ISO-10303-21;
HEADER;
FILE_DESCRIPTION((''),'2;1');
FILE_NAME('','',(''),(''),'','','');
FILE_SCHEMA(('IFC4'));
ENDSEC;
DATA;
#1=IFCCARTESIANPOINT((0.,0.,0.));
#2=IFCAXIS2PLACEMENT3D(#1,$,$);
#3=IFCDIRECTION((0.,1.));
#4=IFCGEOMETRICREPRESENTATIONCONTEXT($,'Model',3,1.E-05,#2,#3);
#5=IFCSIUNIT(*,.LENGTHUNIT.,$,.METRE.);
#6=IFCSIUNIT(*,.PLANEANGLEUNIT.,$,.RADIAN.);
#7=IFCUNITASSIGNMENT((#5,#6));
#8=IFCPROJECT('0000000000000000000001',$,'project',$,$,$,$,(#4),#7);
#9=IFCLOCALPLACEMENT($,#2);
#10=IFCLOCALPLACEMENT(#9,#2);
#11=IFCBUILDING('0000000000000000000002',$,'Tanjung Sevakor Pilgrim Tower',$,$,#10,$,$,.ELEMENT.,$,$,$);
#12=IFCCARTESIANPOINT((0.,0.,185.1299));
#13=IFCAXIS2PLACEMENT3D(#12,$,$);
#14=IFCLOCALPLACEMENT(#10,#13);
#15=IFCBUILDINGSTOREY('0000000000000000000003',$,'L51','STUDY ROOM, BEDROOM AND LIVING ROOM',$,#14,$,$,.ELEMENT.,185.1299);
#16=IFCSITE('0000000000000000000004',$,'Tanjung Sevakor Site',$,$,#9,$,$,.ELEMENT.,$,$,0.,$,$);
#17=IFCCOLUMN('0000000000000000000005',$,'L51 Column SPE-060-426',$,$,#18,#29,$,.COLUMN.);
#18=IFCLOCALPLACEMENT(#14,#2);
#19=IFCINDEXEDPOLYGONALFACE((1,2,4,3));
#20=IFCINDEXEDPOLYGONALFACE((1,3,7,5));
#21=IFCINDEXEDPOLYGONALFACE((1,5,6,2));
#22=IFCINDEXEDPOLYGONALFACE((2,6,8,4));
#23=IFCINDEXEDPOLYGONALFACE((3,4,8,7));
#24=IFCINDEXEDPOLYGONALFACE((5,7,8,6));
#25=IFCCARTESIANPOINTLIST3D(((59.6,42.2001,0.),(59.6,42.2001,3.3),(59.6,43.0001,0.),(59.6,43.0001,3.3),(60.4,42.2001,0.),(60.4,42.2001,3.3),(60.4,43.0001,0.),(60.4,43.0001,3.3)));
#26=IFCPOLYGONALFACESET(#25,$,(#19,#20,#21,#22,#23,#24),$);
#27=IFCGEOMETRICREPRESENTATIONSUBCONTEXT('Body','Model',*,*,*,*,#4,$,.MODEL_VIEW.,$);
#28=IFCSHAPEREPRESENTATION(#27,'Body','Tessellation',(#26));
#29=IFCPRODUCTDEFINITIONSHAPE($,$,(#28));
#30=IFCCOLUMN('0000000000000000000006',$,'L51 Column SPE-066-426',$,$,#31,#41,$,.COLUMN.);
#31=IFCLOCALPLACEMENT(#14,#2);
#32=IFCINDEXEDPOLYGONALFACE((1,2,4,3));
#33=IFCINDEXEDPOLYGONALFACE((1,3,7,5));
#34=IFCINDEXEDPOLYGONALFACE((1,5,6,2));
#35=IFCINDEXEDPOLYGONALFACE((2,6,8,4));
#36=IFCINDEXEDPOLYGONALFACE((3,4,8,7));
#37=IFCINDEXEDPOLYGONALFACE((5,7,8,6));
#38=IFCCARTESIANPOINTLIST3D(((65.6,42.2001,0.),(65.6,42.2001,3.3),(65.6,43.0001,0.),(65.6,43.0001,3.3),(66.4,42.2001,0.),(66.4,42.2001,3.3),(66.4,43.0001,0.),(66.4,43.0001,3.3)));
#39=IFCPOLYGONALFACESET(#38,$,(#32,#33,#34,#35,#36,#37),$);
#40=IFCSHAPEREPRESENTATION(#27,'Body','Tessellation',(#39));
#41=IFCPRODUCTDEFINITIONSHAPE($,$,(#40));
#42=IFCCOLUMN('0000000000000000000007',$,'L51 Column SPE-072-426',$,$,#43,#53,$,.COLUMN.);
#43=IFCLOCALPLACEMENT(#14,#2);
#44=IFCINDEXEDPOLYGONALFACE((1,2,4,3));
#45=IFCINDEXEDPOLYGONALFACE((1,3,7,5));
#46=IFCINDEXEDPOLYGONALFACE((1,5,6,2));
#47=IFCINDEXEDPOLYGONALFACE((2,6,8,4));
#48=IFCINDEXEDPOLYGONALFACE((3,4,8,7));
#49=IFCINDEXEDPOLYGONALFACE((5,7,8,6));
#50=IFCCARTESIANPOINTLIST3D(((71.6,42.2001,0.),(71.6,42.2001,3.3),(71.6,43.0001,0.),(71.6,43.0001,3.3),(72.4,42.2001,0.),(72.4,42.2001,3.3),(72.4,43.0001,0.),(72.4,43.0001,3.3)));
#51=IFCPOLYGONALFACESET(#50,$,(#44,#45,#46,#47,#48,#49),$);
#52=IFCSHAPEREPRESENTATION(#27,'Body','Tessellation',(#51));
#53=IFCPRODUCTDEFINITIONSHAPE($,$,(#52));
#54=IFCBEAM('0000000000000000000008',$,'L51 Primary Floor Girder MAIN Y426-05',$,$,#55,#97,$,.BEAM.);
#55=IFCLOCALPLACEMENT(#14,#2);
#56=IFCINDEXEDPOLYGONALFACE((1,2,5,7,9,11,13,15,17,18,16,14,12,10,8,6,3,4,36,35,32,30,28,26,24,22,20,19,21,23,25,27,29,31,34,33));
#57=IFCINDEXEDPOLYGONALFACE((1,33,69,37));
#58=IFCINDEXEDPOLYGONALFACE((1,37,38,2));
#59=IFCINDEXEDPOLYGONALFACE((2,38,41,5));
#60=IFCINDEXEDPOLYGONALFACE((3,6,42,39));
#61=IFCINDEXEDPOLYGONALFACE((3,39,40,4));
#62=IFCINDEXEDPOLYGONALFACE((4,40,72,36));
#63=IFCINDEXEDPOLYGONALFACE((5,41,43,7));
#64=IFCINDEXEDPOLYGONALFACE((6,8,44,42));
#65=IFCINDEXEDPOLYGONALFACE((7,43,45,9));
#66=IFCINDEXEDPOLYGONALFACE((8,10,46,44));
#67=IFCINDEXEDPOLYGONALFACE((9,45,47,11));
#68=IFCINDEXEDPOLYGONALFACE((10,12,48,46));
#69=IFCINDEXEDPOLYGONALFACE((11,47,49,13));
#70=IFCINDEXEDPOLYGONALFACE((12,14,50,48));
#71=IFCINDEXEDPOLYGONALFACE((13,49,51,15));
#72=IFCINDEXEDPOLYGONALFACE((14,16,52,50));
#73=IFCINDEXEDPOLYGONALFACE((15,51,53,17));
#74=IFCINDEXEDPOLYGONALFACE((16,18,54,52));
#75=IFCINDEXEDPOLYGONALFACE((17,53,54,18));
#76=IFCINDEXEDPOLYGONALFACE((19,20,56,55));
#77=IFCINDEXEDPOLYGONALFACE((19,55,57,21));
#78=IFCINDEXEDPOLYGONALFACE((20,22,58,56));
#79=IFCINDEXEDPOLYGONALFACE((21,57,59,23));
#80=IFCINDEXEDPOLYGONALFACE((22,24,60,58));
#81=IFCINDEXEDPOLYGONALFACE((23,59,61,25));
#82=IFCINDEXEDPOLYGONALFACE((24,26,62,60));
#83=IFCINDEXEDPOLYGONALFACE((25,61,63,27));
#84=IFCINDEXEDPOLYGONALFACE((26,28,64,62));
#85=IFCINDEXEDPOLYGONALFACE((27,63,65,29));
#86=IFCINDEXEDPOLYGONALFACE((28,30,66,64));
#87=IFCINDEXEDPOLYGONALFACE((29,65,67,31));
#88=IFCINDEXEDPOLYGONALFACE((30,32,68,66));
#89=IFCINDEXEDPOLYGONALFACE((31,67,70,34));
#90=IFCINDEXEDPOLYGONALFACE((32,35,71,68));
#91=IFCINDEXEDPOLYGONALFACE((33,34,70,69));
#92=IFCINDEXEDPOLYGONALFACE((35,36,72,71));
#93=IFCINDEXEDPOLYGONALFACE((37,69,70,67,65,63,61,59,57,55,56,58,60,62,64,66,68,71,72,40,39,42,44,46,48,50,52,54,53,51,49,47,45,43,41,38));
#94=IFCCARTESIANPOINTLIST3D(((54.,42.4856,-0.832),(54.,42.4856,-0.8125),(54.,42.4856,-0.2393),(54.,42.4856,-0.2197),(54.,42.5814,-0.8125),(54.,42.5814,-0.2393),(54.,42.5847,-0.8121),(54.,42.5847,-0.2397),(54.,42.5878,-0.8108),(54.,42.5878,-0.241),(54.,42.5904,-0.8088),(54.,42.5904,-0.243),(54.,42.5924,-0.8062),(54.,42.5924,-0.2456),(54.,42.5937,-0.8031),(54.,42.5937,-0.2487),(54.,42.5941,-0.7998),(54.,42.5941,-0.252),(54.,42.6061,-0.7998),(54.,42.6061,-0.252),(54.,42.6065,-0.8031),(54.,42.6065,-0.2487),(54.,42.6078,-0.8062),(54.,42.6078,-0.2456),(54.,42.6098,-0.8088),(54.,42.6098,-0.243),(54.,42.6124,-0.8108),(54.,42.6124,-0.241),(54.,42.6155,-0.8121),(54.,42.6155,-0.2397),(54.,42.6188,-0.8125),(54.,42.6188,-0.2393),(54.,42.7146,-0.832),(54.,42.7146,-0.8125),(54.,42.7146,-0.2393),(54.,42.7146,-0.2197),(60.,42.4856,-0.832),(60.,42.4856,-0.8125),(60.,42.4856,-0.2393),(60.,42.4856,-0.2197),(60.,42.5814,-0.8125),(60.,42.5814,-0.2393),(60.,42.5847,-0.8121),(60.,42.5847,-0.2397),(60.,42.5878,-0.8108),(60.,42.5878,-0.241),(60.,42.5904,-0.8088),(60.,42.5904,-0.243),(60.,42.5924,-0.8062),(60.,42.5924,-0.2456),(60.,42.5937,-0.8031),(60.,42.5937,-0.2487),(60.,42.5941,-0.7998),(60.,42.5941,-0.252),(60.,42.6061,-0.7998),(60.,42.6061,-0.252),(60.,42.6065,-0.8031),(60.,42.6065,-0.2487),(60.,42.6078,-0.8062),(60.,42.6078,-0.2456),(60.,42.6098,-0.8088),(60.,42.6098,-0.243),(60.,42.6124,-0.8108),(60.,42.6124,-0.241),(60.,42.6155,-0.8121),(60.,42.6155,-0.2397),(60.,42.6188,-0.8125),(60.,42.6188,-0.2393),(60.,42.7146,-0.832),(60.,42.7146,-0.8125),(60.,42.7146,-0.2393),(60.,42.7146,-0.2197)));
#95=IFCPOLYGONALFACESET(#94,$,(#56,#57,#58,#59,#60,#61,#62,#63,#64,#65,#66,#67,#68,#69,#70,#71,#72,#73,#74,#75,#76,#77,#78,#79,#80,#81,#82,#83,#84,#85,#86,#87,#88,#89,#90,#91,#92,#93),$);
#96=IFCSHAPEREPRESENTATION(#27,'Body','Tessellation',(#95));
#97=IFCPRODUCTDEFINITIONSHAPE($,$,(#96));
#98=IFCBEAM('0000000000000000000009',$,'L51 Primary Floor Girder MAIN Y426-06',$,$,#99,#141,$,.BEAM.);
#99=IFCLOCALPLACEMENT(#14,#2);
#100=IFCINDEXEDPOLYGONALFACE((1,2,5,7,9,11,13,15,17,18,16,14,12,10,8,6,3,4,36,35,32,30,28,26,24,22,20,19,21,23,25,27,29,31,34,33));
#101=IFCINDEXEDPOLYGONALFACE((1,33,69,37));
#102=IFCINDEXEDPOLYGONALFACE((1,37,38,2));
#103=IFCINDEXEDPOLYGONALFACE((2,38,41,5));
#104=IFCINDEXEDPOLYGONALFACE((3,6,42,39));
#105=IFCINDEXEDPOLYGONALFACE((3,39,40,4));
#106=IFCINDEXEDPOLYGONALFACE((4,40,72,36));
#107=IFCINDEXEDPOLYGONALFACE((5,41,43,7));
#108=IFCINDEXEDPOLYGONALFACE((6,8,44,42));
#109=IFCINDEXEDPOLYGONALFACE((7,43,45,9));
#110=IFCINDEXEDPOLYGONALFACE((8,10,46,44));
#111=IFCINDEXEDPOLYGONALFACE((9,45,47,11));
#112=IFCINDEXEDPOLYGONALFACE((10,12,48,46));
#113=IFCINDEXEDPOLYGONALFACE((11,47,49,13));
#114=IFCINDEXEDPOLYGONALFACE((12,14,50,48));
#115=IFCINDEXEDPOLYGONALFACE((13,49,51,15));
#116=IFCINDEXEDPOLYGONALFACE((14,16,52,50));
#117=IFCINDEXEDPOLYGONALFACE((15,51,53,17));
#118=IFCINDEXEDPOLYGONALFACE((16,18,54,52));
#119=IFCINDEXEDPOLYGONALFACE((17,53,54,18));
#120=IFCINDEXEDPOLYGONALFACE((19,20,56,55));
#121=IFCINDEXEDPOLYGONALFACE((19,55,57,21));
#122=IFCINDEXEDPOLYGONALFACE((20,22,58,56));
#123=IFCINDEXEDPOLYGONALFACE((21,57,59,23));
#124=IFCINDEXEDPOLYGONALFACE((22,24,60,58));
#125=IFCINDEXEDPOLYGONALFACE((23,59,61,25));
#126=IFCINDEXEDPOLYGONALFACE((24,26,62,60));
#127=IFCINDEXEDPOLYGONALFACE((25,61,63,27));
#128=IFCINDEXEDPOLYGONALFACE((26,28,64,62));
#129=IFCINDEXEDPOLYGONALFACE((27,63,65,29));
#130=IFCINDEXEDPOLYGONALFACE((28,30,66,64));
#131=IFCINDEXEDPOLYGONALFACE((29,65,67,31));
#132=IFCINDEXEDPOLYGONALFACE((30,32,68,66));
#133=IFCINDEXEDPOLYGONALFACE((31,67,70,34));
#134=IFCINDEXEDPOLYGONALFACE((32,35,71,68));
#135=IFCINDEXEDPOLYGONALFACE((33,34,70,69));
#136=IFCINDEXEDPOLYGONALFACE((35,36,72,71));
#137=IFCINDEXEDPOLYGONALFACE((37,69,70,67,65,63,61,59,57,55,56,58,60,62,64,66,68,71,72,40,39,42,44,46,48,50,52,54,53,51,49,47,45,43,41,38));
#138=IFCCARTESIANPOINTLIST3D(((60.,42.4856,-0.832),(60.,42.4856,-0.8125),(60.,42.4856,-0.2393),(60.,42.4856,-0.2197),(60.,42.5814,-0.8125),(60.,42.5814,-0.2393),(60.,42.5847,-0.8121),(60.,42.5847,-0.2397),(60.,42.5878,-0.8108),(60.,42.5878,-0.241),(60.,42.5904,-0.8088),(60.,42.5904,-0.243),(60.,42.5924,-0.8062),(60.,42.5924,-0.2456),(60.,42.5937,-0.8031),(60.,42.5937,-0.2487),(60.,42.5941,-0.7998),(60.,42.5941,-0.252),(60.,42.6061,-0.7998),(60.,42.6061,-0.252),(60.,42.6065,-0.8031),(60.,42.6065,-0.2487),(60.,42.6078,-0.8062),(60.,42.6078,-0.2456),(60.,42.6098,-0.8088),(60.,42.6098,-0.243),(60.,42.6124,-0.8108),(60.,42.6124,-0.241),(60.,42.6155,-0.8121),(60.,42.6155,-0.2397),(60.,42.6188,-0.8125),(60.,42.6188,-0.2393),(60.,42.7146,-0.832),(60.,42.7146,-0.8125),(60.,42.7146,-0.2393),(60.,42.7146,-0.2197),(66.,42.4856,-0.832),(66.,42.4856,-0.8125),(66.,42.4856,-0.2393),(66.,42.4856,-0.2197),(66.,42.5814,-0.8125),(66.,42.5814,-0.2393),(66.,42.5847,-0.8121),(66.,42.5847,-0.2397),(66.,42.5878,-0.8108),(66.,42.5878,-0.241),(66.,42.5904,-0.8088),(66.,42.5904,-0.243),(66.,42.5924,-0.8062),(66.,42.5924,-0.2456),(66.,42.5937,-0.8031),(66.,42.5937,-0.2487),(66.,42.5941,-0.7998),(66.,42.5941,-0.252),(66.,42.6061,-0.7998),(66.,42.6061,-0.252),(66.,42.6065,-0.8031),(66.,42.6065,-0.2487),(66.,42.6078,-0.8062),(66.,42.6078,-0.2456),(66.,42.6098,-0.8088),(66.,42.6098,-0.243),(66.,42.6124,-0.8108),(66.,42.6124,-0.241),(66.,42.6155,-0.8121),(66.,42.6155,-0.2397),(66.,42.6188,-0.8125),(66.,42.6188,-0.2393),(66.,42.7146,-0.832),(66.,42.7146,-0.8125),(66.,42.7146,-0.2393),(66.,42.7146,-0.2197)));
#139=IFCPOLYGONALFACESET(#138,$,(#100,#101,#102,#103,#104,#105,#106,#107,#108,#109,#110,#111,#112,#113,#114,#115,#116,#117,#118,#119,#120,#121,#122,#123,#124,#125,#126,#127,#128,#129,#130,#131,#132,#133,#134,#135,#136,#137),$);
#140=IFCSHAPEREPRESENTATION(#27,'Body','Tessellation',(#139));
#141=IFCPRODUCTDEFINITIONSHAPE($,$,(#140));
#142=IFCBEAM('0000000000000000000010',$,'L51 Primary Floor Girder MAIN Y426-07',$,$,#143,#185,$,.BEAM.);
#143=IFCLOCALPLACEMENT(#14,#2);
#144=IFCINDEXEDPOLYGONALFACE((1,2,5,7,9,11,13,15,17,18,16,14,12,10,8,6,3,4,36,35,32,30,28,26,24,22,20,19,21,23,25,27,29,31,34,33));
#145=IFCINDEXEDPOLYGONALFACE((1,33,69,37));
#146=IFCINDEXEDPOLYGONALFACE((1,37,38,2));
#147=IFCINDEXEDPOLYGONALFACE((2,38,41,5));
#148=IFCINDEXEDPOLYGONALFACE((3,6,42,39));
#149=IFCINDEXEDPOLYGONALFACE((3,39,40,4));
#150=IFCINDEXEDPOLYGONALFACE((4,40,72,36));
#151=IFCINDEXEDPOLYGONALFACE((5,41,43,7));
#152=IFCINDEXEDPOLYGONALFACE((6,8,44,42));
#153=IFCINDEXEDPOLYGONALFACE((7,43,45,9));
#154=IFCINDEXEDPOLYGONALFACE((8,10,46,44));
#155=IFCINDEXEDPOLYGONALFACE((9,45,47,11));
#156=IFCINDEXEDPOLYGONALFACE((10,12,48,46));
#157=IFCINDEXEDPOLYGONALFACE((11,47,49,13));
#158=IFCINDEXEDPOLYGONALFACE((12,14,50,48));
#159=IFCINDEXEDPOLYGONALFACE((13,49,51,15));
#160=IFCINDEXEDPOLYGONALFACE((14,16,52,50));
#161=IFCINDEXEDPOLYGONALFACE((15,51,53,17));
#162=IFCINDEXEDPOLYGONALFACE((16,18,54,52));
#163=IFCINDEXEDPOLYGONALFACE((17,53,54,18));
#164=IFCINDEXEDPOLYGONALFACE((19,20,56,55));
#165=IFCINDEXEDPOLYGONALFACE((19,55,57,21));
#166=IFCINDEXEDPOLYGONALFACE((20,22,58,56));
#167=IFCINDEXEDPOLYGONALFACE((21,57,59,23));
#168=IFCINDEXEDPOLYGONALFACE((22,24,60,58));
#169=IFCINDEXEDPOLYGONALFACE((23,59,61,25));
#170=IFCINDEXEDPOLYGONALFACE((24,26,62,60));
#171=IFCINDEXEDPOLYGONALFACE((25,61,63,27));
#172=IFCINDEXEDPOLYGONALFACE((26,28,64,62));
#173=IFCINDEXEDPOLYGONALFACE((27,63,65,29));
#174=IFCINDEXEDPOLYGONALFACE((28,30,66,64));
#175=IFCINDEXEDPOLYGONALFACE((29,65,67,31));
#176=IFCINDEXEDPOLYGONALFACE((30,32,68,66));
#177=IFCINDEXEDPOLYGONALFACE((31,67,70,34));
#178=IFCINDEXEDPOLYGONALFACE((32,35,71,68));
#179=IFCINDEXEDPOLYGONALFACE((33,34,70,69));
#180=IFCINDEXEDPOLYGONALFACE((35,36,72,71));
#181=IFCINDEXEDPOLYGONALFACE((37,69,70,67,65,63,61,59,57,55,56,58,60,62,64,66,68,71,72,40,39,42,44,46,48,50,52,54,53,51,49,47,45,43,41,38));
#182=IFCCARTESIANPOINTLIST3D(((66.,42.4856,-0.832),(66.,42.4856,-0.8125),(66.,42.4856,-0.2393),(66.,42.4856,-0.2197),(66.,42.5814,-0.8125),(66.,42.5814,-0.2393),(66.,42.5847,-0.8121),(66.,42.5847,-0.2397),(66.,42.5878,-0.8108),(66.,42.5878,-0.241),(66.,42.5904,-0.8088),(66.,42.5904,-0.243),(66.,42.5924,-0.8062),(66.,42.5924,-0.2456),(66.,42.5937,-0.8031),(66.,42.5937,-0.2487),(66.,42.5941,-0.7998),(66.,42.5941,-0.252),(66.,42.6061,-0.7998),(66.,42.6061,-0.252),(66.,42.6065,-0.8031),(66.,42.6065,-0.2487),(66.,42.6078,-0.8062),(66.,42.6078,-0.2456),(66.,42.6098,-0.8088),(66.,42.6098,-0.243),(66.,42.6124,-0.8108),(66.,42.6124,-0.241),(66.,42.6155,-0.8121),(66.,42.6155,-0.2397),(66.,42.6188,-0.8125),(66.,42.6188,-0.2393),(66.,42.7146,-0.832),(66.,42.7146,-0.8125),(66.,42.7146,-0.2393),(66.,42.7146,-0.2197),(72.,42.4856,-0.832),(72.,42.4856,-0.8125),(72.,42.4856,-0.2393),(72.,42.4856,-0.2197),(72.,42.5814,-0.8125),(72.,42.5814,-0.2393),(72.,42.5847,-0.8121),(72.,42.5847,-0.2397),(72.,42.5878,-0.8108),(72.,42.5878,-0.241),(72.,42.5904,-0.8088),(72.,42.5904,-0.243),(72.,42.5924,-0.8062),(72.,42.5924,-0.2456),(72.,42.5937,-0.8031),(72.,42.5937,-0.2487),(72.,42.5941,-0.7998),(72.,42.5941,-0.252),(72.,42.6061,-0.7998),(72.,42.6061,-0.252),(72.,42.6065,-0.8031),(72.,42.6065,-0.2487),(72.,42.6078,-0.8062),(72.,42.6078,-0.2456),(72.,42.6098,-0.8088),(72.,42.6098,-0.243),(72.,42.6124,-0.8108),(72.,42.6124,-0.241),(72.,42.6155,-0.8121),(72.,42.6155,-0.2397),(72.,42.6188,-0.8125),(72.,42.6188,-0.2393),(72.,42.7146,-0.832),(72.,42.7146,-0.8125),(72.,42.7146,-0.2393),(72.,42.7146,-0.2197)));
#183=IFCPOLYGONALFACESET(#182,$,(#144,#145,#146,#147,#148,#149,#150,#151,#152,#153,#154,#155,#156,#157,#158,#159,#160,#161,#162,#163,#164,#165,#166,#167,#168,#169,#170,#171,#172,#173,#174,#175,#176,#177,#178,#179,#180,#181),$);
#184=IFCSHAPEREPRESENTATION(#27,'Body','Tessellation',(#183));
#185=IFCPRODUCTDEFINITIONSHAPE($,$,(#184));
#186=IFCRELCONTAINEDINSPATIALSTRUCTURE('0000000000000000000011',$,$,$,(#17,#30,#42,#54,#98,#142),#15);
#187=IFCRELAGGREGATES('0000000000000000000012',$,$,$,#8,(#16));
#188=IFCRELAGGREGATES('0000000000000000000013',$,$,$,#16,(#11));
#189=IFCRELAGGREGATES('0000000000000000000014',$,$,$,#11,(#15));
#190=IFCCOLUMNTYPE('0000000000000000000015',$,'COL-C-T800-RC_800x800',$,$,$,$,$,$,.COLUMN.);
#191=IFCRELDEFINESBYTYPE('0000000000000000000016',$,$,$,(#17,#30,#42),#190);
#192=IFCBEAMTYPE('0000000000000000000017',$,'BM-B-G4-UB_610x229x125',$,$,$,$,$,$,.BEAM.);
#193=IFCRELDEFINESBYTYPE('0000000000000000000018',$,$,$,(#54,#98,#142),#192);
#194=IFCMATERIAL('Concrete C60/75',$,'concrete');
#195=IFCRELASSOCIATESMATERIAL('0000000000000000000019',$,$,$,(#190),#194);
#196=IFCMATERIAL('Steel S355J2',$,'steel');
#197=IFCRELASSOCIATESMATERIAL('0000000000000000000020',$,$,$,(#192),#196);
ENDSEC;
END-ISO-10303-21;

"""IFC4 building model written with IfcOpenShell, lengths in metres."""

from ifc_helpers import new_model, si_unit, direction, frame, origin, origin_2d, place, context, subcontext, project, spatial, rectangle, i_section, extrude, material, material_profile, profile_set, type_object, element, save


model = new_model("IFC4")

# Units and contexts
model_context = context("Model", 3, precision=1e-05, world=origin(), true_north=direction((0.0, 1.0)))
body_context = subcontext(model_context, "Body", "Model", "MODEL_VIEW")
ifc_project = project(units=[si_unit("LENGTHUNIT", "METRE"), si_unit("PLANEANGLEUNIT", "RADIAN")], contexts=[model_context])

# Site, building, storey
site_placement = place(None, origin())
site = spatial("IfcSite", under=ifc_project, at=site_placement, Name="Tanjung Sevakor Site", CompositionType="ELEMENT", RefElevation=0.0)
building_placement = place(site_placement, origin())
building = spatial("IfcBuilding", under=site, at=building_placement, Name="Tanjung Sevakor Pilgrim Tower", CompositionType="ELEMENT")
storey_placement = place(building_placement, frame((0.0, 0.0, 185.1299)))
storey = spatial("IfcBuildingStorey", under=building, at=storey_placement, Name="L51", Description="STUDY ROOM, BEDROOM AND LIVING ROOM", CompositionType="ELEMENT", Elevation=185.1299)

# Columns
ifc_material_1 = material(Name="Concrete C60/75", Category="concrete")
ifc_material_profile_1 = material_profile(ifc_material_1, rectangle(XDim=0.8, YDim=0.8, at=origin_2d()))
ifc_profile_set_1 = profile_set([ifc_material_profile_1], Name="Concrete C60/75")
column_type = type_object("IfcColumnType", Name="COL-C-T800-RC_800x800", PredefinedType="COLUMN", material=ifc_profile_set_1)
for number, where, z_axis, x_axis, name in (
    (1, (60.0, 42.6001, 0.0), (0.0, 0.0, 1.0), (1.0, 0.0, 0.0), "L51 Column SPE-060-426"),
    (2, (66.0, 42.6001, 0.0), (0.0, 0.0, 1.0), (1.0, 0.0, 0.0), "L51 Column SPE-066-426"),
    (3, (72.0, 42.6001, 0.0), (0.0, 0.0, 1.0), (1.0, 0.0, 0.0), "L51 Column SPE-072-426"),
):
    element("IfcColumn", number, at=place(storey_placement, frame(where, z_axis=z_axis, x_axis=x_axis)), inside=storey, type_object=column_type, Name=name, PredefinedType="COLUMN", context=body_context, shape_type="SweptSolid", body=[
        extrude(rectangle(XDim=0.8, YDim=0.8, at=origin_2d()), origin(), (0.0, 0.0, 1.0), 3.3),
    ])

# Beams
ifc_material_2 = material(Name="Steel S355J2", Category="steel")
ifc_material_profile_2 = material_profile(ifc_material_2, i_section(OverallWidth=0.229, OverallDepth=0.6123, WebThickness=0.012, FlangeThickness=0.0195, FilletRadius=0.0127, at=origin_2d()))
ifc_profile_set_2 = profile_set([ifc_material_profile_2], Name="Steel S355J2")
beam_type_1 = type_object("IfcBeamType", Name="BM-B-G4-UB_610x229x125", PredefinedType="BEAM", material=ifc_profile_set_2)
for number, where, z_axis, x_axis, name in (
    (4, (54.0, 42.6001, -0.5259), (1.0, 0.0, 0.0), (0.0, 1.0, 0.0), "L51 Primary Floor Girder MAIN Y426-05"),
    (5, (60.0, 42.6001, -0.5259), (1.0, 0.0, 0.0), (0.0, 1.0, 0.0), "L51 Primary Floor Girder MAIN Y426-06"),
    (6, (66.0, 42.6001, -0.5259), (1.0, 0.0, 0.0), (0.0, 1.0, 0.0), "L51 Primary Floor Girder MAIN Y426-07"),
):
    element("IfcBeam", number, at=place(storey_placement, frame(where, z_axis=z_axis, x_axis=x_axis)), inside=storey, type_object=beam_type_1, Name=name, PredefinedType="BEAM", context=body_context, shape_type="SweptSolid", body=[
        extrude(i_section(OverallWidth=0.229, OverallDepth=0.6123, WebThickness=0.012, FlangeThickness=0.0195, FilletRadius=0.0127, at=origin_2d()), origin(), (0.0, 0.0, 1.0), 6.0),
    ])

save(model, "model.ifc")
